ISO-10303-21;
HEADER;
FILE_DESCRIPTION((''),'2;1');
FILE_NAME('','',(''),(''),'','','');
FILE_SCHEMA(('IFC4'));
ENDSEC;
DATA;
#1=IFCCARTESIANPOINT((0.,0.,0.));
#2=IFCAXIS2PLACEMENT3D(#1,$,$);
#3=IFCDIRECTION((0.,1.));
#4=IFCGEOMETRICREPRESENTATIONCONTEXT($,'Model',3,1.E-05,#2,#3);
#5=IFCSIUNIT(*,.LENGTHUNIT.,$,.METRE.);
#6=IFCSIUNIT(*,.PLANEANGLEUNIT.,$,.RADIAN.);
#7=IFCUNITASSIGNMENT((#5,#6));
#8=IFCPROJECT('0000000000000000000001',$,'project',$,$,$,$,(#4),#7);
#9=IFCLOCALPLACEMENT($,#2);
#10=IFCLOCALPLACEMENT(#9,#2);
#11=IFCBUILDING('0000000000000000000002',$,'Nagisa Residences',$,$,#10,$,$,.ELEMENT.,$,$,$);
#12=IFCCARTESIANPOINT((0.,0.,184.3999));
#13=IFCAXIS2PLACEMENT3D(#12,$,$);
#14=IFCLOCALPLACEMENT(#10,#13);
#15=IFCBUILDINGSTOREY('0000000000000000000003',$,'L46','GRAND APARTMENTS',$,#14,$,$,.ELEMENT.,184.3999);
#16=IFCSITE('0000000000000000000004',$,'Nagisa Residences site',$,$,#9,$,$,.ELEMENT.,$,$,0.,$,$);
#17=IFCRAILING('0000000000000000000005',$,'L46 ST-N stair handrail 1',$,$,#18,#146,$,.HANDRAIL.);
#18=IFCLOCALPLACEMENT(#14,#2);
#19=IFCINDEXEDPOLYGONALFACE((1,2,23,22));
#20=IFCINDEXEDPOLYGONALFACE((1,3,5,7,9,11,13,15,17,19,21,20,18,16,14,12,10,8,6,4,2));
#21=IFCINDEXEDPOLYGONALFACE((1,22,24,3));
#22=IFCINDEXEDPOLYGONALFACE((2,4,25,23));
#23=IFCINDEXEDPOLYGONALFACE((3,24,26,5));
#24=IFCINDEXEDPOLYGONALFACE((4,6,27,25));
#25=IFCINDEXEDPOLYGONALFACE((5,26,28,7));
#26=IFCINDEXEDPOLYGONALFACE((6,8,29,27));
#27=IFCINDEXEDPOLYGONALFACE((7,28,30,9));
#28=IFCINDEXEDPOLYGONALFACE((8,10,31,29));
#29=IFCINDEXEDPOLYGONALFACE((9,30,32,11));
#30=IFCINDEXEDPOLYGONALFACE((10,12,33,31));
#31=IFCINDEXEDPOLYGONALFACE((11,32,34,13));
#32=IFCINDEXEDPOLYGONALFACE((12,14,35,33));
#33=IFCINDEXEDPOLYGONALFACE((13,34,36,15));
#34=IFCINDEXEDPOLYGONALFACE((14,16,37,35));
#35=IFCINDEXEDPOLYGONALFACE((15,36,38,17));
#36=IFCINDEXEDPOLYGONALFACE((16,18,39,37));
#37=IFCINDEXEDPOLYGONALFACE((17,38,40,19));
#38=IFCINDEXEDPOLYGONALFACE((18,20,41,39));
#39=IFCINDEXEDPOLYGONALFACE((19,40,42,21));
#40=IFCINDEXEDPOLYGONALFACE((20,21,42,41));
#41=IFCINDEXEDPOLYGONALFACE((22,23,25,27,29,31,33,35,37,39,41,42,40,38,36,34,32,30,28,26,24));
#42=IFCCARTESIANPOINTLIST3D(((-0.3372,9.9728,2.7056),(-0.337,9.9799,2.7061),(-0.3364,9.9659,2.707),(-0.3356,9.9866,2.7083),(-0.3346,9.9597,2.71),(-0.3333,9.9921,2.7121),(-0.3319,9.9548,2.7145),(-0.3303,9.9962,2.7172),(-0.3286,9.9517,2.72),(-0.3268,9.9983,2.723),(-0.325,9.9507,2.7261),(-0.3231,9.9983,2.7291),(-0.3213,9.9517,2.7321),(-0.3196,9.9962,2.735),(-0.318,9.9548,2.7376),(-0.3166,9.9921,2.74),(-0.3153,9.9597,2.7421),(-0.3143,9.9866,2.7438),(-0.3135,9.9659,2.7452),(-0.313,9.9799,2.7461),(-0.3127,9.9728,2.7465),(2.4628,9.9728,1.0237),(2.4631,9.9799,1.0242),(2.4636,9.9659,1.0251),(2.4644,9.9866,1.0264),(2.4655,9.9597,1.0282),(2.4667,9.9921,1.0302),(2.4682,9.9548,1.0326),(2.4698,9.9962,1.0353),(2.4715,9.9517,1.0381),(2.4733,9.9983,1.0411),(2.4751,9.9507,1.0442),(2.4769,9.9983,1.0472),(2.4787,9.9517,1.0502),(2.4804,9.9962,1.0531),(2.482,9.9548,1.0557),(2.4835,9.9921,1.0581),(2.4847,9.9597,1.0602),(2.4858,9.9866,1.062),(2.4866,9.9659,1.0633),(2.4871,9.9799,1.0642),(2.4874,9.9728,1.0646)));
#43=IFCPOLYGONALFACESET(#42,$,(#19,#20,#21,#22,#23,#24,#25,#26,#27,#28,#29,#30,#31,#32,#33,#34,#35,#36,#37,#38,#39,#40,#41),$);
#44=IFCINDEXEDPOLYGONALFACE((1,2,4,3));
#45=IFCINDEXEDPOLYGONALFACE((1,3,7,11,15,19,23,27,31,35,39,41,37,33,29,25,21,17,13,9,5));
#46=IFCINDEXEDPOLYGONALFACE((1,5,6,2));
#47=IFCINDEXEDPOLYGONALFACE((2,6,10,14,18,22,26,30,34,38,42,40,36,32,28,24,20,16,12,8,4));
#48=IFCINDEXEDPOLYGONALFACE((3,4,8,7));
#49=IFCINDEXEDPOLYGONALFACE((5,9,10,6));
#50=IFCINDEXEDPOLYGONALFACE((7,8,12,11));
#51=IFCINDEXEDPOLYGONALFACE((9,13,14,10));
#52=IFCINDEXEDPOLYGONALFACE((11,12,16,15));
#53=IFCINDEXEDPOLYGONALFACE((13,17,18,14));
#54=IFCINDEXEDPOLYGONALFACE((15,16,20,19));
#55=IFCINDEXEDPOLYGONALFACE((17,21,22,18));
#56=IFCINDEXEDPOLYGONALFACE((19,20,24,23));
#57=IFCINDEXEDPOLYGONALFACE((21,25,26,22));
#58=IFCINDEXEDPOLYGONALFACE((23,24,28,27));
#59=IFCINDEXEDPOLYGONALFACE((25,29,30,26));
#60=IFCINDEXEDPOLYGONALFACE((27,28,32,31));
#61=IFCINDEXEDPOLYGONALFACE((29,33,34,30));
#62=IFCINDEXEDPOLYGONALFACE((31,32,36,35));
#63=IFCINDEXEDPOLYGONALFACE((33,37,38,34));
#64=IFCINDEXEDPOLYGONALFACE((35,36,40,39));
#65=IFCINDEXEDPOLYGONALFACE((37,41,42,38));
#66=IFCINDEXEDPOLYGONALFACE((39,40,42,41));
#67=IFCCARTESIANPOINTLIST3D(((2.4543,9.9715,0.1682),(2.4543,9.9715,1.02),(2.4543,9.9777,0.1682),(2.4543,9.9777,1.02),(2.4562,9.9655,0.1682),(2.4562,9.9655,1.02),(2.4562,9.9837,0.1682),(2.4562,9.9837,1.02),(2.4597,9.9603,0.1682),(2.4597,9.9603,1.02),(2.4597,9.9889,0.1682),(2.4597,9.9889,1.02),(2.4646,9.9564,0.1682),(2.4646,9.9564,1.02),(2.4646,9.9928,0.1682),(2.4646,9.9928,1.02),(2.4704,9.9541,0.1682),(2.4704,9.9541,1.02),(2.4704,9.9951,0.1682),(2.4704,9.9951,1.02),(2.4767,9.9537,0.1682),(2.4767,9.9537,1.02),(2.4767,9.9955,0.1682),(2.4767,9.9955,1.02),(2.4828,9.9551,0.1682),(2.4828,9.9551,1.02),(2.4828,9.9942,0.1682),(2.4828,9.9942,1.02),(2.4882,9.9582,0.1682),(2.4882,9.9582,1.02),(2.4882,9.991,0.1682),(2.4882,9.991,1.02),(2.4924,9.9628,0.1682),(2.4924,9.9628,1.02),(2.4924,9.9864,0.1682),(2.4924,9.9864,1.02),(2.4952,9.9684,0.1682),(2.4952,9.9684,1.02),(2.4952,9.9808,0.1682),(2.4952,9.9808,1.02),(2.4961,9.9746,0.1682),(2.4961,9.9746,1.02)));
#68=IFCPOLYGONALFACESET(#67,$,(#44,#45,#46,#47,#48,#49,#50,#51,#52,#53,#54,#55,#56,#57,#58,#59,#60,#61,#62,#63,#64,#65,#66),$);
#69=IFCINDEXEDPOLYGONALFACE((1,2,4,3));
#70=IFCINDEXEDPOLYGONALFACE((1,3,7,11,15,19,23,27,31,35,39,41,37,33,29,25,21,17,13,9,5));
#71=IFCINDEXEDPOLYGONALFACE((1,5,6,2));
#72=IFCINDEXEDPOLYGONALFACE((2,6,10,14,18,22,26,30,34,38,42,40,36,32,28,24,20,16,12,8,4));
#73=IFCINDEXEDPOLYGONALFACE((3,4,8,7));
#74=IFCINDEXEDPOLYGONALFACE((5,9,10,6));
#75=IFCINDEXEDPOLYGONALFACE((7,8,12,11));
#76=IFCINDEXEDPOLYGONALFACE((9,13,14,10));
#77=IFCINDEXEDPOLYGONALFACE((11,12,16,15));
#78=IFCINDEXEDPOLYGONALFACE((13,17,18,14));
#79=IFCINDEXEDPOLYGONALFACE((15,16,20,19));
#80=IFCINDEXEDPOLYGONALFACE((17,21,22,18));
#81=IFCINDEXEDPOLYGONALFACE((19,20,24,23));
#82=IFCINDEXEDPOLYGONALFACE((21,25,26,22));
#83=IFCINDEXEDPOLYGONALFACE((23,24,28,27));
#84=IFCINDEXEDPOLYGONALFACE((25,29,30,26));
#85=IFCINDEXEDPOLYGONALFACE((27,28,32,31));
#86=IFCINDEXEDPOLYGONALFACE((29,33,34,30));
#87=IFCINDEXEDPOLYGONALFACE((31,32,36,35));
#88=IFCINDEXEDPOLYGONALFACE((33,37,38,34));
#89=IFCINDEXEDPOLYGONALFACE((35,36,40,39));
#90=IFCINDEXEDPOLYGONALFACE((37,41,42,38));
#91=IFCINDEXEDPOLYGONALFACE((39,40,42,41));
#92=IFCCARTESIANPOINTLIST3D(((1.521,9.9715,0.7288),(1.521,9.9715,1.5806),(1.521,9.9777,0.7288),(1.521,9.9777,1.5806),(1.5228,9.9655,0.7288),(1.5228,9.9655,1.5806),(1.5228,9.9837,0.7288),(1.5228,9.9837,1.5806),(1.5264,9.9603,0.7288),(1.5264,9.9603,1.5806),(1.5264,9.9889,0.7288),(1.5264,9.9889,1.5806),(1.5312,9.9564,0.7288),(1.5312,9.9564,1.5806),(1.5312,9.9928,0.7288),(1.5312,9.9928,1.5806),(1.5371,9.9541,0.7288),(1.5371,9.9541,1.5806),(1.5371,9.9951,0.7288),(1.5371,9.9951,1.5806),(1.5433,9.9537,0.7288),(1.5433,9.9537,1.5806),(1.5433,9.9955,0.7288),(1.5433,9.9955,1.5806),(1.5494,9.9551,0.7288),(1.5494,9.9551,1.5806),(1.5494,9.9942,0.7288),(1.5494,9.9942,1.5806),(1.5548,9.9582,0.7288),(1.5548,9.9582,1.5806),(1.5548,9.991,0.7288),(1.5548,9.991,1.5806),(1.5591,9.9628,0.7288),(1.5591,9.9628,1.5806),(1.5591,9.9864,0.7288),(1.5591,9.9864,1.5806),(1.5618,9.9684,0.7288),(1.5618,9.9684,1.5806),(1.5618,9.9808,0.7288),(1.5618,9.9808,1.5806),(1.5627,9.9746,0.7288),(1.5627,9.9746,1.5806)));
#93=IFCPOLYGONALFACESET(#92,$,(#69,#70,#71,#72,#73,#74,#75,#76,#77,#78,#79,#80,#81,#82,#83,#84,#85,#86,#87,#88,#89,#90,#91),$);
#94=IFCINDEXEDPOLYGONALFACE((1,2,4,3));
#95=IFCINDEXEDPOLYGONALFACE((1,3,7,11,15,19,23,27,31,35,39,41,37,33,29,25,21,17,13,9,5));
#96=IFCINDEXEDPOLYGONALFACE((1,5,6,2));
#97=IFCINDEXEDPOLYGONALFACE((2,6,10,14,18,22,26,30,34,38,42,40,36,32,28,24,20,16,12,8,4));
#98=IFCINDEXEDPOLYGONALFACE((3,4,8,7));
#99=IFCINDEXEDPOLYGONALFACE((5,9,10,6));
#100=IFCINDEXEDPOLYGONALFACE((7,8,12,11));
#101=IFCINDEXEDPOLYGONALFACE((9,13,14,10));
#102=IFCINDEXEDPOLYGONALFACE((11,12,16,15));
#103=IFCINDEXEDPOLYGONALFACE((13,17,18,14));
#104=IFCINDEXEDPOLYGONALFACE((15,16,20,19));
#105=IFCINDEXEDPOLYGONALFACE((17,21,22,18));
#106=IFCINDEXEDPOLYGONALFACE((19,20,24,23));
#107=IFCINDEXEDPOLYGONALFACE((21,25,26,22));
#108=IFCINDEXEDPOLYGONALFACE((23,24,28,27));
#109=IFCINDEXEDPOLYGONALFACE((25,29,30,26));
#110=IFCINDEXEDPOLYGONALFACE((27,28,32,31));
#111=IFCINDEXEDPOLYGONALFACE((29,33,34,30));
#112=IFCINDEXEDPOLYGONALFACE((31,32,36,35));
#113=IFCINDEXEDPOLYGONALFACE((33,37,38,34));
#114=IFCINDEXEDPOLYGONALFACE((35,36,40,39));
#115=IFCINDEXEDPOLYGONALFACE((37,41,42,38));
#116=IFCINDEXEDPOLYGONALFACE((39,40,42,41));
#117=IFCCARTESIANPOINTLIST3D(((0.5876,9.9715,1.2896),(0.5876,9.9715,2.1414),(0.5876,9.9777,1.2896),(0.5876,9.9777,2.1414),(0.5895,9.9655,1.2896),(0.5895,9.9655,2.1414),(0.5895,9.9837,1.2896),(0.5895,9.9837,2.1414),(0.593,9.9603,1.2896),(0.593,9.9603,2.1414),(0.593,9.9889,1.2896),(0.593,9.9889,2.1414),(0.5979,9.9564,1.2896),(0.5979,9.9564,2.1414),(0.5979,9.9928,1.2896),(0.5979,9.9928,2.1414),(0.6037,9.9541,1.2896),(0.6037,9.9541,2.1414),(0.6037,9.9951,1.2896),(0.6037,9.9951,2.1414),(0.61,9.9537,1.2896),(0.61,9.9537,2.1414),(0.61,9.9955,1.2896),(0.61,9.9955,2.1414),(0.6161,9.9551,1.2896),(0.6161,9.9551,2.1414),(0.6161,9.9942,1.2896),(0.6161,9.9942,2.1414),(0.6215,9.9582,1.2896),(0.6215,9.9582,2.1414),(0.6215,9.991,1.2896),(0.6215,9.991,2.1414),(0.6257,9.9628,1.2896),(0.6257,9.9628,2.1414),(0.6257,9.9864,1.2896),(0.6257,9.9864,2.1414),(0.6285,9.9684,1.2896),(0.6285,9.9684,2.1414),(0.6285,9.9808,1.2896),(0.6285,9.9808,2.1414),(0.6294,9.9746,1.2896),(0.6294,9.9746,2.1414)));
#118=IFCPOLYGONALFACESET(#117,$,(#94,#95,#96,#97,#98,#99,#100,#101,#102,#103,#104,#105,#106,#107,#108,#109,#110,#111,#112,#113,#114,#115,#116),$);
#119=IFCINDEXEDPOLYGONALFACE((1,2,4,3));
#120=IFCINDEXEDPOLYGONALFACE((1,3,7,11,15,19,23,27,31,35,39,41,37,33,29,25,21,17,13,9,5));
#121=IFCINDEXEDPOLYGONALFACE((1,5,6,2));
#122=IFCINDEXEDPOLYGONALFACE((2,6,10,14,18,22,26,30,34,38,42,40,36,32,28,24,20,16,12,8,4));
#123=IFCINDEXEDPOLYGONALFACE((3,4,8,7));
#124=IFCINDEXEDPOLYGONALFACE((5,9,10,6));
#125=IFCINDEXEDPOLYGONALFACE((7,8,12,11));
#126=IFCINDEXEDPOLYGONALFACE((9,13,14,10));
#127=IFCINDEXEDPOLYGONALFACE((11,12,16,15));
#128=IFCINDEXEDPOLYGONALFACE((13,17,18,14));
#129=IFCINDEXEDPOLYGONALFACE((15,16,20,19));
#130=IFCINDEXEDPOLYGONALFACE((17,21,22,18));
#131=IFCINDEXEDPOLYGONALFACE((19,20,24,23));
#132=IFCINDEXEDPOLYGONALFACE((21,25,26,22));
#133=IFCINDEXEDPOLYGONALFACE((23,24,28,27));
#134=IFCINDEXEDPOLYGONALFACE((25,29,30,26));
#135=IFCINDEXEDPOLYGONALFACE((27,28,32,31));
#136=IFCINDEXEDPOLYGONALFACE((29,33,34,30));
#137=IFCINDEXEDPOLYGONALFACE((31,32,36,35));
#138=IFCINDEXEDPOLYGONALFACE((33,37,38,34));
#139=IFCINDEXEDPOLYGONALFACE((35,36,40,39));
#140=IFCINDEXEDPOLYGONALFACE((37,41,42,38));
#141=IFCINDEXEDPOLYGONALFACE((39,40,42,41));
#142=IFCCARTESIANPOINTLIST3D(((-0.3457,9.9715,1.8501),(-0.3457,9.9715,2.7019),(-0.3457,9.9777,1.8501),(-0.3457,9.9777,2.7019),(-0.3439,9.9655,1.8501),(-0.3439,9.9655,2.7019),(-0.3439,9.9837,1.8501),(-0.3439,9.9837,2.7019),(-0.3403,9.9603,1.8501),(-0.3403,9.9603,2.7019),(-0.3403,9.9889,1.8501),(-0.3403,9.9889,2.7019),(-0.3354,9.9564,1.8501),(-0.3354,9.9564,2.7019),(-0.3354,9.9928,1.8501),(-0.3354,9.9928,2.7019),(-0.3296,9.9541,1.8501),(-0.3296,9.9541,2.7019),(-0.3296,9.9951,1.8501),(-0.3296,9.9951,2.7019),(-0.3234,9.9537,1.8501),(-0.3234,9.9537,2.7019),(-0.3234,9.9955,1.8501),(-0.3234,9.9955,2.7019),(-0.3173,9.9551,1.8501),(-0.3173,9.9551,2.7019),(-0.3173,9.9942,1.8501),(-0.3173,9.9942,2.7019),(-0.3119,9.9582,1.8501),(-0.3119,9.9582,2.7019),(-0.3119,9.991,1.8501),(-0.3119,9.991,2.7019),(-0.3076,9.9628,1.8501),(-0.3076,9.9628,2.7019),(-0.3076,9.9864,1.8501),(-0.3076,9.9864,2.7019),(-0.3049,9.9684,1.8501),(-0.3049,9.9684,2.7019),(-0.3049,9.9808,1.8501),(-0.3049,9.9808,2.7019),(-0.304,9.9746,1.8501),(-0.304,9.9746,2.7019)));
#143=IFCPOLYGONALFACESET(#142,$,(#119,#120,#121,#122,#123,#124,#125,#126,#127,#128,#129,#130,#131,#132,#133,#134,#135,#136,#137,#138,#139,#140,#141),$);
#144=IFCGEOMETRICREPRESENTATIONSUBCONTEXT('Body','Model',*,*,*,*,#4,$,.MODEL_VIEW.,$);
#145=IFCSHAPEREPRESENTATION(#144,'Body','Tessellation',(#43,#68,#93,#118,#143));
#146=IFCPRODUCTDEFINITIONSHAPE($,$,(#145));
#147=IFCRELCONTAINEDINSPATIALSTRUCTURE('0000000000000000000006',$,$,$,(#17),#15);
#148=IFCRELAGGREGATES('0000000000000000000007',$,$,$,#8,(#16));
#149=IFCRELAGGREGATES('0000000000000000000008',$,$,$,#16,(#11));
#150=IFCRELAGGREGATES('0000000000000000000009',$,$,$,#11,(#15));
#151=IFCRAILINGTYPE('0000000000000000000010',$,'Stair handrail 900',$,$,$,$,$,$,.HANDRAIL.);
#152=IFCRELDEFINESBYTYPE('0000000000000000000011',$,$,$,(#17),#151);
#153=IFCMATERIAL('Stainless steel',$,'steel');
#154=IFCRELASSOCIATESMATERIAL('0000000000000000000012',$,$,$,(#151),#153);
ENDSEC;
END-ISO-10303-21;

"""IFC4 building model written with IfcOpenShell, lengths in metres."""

from ifc_helpers import new_model, si_unit, direction, frame, origin, origin_2d, place, context, subcontext, project, spatial, circle, extrude, material, type_object, element, save


model = new_model("IFC4")

# Units and contexts
model_context = context("Model", 3, precision=1e-05, world=origin(), true_north=direction((0.0, 1.0)))
body_context = subcontext(model_context, "Body", "Model", "MODEL_VIEW")
ifc_project = project(units=[si_unit("LENGTHUNIT", "METRE"), si_unit("PLANEANGLEUNIT", "RADIAN")], contexts=[model_context])

# Site, building, storey
site_placement = place(None, origin())
site = spatial("IfcSite", under=ifc_project, at=site_placement, Name="Nagisa Residences site", CompositionType="ELEMENT", RefElevation=0.0)
building_placement = place(site_placement, origin())
building = spatial("IfcBuilding", under=site, at=building_placement, Name="Nagisa Residences", CompositionType="ELEMENT")
storey_placement = place(building_placement, frame((0.0, 0.0, 184.3999)))
storey = spatial("IfcBuildingStorey", under=building, at=storey_placement, Name="L46", Description="GRAND APARTMENTS", CompositionType="ELEMENT", Elevation=184.3999)

# Railing
ifc_material_1 = material(Name="Stainless steel", Category="steel")
railing_type_1 = type_object("IfcRailingType", Name="Stair handrail 900", PredefinedType="HANDRAIL", material=ifc_material_1)
railing_1_placement = place(storey_placement, frame((2.4751, 9.9746, 0.1682)))
element("IfcRailing", 1, at=railing_1_placement, inside=storey, type_object=railing_type_1, Name="L46 ST-N stair handrail 1", PredefinedType="HANDRAIL", context=body_context, shape_type="SweptSolid", body=[
    extrude(circle(Radius=0.0239, at=origin_2d()), frame((0.0, 0.0, 0.876), z_axis=(-0.857242, 0.0, 0.514913), x_axis=(0.0, -1.0, 0.0)), (0.0, 0.0, 1.0), 3.2664),
    extrude(circle(Radius=0.021, at=origin_2d()), origin(), (0.0, 0.0, 1.0), 0.8518),
    extrude(circle(Radius=0.021, at=origin_2d()), frame((-0.9333, 0.0, 0.5605)), (0.0, 0.0, 1.0), 0.8518),
    extrude(circle(Radius=0.021, at=origin_2d()), frame((-1.8667, 0.0, 1.1213)), (0.0, 0.0, 1.0), 0.8518),
    extrude(circle(Radius=0.021, at=origin_2d()), frame((-2.8, 0.0, 1.6819)), (0.0, 0.0, 1.0), 0.8518),
])

save(model, "model.ifc")
